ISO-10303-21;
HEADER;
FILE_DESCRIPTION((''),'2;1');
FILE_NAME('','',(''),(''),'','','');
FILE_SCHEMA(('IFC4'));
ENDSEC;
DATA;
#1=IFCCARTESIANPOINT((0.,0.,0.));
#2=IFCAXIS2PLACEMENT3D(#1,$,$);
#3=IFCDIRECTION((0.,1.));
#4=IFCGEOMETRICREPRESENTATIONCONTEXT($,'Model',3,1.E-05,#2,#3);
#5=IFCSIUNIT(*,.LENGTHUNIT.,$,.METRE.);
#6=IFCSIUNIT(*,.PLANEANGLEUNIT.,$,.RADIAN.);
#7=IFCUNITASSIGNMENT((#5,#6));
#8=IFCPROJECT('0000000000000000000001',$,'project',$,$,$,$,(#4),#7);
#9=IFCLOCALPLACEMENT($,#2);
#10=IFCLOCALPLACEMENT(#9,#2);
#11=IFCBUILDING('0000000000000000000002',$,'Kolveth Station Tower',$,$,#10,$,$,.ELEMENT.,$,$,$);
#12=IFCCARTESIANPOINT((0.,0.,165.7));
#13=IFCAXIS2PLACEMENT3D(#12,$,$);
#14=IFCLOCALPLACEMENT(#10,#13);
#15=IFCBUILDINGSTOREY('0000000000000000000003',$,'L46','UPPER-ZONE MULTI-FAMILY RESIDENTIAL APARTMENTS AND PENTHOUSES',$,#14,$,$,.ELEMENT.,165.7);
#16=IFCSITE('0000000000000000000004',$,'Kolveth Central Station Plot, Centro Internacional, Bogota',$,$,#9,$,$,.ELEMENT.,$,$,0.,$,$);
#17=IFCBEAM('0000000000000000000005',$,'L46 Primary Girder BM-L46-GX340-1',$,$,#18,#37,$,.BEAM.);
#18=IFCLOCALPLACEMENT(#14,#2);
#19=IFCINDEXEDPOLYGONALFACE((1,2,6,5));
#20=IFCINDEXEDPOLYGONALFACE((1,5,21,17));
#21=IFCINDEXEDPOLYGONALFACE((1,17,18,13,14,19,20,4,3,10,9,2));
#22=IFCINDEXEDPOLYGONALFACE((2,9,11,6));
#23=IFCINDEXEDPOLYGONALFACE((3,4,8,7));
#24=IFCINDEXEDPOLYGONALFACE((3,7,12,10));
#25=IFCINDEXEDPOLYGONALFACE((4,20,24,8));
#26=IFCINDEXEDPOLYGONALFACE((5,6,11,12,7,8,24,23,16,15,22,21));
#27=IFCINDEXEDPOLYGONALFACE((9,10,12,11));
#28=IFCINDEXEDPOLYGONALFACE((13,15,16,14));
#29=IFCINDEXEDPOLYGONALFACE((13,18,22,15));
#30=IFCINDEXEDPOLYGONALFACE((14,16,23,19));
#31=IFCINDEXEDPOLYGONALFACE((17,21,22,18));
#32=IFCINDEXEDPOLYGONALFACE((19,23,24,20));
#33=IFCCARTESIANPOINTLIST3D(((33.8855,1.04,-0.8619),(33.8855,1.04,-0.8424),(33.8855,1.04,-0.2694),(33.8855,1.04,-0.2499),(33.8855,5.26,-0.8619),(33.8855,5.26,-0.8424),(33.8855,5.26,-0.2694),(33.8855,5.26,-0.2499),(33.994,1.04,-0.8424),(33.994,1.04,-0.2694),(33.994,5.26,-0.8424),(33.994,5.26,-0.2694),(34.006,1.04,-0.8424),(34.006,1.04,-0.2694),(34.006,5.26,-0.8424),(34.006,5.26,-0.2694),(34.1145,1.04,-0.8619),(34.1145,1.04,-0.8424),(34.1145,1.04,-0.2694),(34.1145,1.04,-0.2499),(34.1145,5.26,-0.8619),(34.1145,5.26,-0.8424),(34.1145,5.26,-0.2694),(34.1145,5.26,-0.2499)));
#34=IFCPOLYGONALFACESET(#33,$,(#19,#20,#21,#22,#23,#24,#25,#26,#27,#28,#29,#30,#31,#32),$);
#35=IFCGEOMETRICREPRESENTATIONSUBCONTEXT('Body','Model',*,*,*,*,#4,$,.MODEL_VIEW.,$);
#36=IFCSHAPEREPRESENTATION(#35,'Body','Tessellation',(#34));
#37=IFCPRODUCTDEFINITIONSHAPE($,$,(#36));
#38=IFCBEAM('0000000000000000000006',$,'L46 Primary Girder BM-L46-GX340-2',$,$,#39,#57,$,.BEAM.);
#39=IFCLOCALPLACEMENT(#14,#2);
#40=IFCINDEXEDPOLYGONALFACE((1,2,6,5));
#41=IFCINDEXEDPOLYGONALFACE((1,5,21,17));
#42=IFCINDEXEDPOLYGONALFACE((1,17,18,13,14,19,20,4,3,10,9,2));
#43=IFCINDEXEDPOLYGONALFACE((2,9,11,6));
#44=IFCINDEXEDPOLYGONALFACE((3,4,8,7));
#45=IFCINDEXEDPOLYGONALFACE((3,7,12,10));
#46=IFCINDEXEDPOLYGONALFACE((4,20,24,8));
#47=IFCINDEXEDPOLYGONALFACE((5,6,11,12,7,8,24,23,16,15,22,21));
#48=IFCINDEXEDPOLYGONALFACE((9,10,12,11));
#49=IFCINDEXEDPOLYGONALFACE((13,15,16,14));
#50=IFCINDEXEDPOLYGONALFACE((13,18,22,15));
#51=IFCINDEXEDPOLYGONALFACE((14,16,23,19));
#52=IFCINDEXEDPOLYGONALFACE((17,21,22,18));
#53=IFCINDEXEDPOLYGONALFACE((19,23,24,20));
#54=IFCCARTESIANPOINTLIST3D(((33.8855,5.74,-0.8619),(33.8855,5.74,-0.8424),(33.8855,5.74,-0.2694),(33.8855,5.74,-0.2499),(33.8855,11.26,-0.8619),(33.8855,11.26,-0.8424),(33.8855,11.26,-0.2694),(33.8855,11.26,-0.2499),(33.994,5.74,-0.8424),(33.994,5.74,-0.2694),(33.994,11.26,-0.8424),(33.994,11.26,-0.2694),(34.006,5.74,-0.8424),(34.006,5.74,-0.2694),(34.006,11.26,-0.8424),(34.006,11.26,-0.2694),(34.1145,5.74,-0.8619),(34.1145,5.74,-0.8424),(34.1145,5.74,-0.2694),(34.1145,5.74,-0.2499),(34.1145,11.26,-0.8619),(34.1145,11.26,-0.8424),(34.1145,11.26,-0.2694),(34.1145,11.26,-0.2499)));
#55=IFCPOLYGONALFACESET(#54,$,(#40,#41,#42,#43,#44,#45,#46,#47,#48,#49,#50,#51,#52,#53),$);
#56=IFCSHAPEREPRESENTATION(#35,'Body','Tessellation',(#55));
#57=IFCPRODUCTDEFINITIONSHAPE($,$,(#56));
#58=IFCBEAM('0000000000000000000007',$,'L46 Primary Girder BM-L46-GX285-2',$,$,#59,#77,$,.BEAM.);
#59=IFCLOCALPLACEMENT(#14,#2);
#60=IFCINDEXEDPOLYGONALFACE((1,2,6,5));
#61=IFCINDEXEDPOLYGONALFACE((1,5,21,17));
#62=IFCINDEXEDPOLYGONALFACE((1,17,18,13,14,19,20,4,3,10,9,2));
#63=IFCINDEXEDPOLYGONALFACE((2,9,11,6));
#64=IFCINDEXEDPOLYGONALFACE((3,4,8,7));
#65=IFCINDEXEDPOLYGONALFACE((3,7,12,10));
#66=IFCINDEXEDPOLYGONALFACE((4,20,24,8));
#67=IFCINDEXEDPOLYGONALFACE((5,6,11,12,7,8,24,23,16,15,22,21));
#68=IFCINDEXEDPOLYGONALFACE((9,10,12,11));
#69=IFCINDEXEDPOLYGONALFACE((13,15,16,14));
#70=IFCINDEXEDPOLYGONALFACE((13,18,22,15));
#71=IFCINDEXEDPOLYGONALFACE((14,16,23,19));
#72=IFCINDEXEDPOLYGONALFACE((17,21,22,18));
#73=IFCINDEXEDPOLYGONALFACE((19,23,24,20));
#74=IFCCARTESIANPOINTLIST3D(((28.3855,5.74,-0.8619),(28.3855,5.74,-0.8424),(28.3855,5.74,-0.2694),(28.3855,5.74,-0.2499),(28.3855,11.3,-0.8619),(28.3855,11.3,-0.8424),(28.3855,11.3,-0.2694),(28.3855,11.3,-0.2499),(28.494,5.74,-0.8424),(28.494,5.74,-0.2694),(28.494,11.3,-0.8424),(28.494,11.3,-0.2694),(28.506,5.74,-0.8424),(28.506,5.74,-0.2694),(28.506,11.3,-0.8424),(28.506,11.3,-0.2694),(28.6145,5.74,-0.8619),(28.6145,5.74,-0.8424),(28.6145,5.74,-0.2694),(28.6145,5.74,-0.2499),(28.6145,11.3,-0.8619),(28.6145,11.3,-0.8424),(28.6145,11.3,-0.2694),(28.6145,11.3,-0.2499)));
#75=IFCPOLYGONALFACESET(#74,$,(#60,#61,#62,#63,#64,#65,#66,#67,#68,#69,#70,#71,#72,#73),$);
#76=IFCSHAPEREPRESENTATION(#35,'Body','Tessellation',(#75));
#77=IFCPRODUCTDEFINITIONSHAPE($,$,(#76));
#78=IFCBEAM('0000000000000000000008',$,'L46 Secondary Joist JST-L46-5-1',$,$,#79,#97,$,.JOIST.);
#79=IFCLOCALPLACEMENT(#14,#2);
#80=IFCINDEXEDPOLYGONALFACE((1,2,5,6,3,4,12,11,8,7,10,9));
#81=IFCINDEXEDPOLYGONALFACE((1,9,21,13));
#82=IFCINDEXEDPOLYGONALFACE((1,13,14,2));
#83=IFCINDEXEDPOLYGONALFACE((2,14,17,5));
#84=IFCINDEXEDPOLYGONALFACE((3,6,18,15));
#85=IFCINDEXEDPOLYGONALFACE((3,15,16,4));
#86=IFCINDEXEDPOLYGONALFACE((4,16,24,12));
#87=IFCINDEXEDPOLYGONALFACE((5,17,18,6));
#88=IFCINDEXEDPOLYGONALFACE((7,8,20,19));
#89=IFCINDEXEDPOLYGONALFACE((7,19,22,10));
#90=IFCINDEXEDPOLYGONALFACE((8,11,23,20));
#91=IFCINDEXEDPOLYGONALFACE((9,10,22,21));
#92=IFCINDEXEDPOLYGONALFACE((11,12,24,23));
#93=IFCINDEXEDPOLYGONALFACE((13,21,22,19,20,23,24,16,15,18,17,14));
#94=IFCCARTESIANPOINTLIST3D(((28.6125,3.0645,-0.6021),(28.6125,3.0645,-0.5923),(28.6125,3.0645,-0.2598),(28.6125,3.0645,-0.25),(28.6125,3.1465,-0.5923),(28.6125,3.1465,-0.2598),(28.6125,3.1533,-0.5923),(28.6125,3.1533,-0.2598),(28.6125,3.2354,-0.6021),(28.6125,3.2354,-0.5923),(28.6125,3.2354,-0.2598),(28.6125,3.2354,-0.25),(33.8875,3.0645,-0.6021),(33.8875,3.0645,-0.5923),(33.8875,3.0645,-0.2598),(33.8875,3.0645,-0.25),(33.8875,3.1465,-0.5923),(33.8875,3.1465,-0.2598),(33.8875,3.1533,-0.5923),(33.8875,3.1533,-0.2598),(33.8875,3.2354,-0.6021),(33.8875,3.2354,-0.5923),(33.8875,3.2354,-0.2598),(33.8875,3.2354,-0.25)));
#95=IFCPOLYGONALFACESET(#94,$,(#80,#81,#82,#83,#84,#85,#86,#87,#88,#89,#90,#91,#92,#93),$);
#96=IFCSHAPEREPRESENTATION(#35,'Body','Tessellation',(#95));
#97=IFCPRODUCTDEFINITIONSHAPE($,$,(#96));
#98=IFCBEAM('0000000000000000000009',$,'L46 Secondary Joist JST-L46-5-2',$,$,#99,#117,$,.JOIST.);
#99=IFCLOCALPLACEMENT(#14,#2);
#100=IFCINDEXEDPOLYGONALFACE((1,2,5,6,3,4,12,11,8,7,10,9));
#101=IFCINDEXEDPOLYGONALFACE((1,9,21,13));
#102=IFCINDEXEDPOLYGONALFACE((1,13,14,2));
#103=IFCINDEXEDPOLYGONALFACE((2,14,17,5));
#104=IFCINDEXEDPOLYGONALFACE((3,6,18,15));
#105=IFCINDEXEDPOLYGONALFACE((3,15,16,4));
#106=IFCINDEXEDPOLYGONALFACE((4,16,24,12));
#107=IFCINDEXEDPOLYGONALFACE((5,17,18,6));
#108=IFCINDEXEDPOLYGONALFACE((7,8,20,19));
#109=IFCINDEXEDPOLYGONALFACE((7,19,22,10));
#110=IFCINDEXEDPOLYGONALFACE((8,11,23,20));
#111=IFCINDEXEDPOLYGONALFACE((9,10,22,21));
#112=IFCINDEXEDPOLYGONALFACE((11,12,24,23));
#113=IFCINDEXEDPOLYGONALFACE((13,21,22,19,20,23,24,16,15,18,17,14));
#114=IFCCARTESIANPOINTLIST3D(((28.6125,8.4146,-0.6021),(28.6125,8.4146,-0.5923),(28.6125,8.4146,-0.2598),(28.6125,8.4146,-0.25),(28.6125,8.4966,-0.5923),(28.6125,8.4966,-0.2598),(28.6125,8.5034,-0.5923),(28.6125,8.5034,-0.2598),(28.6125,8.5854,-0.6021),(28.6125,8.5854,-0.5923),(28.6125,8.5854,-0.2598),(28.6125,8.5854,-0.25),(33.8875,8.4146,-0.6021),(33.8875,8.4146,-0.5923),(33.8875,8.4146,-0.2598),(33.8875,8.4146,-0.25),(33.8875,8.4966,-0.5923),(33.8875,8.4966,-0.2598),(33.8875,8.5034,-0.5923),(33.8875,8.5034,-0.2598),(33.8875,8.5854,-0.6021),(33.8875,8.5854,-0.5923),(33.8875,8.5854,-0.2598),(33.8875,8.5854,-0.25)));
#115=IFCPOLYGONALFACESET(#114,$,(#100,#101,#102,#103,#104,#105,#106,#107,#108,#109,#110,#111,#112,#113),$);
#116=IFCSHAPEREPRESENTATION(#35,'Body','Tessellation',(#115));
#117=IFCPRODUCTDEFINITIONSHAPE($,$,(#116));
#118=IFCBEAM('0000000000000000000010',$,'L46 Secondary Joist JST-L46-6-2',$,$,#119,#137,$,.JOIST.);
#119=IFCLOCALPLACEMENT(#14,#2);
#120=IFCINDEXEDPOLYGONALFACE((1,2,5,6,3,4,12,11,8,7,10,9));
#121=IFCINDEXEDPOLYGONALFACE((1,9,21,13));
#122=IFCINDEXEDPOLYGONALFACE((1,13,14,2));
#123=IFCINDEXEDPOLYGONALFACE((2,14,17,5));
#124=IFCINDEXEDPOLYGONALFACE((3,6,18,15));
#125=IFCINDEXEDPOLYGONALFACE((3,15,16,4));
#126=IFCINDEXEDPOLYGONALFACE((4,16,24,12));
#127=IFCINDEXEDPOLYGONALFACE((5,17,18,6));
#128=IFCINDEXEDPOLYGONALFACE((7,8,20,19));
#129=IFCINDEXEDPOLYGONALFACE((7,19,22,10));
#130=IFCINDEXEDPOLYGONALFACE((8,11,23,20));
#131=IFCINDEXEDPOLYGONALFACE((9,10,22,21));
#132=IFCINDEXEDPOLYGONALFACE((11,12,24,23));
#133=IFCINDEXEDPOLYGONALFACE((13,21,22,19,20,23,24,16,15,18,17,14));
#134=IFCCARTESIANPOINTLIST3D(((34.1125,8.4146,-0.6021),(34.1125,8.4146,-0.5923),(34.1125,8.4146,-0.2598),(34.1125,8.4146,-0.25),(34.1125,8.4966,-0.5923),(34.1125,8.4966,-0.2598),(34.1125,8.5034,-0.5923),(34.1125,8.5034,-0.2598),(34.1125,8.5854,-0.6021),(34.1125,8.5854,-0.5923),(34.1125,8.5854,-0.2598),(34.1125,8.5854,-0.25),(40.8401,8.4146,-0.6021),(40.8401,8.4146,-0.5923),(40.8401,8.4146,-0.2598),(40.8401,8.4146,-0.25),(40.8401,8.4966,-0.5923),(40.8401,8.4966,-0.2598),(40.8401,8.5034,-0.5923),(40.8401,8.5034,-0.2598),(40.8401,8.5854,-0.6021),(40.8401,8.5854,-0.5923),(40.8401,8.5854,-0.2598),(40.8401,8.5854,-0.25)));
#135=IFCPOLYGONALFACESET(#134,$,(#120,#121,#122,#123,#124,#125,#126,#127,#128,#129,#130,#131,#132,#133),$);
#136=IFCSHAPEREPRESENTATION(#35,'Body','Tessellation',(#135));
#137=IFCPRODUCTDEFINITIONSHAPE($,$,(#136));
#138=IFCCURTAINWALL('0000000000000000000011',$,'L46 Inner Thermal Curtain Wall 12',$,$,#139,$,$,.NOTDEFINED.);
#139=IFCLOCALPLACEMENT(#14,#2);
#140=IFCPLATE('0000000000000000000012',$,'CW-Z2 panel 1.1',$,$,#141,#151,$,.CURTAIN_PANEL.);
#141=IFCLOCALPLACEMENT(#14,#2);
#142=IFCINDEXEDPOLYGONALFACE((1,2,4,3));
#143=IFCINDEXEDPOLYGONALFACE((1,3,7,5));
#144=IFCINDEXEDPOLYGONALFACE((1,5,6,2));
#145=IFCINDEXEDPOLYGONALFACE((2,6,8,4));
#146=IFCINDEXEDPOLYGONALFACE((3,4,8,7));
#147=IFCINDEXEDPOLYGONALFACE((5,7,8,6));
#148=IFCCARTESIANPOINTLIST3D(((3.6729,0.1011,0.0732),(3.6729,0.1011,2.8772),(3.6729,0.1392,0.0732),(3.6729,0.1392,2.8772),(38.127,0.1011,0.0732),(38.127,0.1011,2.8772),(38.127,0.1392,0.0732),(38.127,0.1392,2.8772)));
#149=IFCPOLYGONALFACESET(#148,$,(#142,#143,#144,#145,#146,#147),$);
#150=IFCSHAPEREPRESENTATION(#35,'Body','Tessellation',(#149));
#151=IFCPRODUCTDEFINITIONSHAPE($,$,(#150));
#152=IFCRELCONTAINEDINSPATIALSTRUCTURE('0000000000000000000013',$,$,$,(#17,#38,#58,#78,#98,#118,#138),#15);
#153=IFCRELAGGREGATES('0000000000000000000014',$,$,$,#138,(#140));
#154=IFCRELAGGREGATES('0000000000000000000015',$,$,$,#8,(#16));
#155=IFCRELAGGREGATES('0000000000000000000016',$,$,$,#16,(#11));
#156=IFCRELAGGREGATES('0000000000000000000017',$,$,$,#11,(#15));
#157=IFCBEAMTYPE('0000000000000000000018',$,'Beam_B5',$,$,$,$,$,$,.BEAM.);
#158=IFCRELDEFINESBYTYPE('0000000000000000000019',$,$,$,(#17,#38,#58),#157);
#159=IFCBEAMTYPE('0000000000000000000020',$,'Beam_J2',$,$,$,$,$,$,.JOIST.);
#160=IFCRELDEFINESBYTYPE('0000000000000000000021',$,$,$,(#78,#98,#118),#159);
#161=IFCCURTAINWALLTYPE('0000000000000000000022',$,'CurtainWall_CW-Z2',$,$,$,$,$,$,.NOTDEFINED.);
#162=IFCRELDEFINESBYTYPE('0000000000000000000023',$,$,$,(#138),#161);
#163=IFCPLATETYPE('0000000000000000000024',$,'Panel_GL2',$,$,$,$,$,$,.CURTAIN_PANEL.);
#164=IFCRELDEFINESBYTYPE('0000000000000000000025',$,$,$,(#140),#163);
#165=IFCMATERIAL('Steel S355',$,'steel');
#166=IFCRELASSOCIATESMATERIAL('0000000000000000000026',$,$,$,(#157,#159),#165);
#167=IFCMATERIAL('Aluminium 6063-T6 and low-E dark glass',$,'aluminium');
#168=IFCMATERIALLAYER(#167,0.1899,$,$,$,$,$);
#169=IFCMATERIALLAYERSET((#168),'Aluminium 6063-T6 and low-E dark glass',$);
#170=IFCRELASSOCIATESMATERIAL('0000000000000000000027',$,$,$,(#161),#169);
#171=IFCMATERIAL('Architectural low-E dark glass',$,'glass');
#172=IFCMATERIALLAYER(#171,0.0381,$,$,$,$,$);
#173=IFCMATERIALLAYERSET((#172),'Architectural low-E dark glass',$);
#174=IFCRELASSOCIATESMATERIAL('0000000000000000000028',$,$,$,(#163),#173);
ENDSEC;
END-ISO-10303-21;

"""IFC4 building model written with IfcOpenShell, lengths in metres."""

from ifc_helpers import new_model, si_unit, direction, frame, origin, origin_2d, place, context, subcontext, project, spatial, rectangle, i_section, extrude, source, transform, mapped, material, layer, layer_set, material_profile, profile_set, type_object, element, aggregate, save


model = new_model("IFC4")

# Units and contexts
model_context = context("Model", 3, precision=1e-05, world=origin(), true_north=direction((0.0, 1.0)))
body_context = subcontext(model_context, "Body", "Model", "MODEL_VIEW")
ifc_project = project(units=[si_unit("LENGTHUNIT", "METRE"), si_unit("PLANEANGLEUNIT", "RADIAN")], contexts=[model_context])

# Site, building, storey
site_placement = place(None, origin())
site = spatial("IfcSite", under=ifc_project, at=site_placement, Name="Kolveth Central Station Plot, Centro Internacional, Bogota", CompositionType="ELEMENT", RefElevation=0.0)
building_placement = place(site_placement, origin())
building = spatial("IfcBuilding", under=site, at=building_placement, Name="Kolveth Station Tower", CompositionType="ELEMENT")
storey_placement = place(building_placement, frame((0.0, 0.0, 165.7)))
storey = spatial("IfcBuildingStorey", under=building, at=storey_placement, Name="L46", Description="UPPER-ZONE MULTI-FAMILY RESIDENTIAL APARTMENTS AND PENTHOUSES", CompositionType="ELEMENT", Elevation=165.7)

# Shared definitions
ifc_material_1 = material(Name="Steel S355", Category="steel")

# Beams
ifc_material_profile_1 = material_profile(ifc_material_1, i_section(OverallWidth=0.229, OverallDepth=0.6121, WebThickness=0.012, FlangeThickness=0.0195, at=origin_2d()), Name="W610x125")
ifc_profile_set_1 = profile_set([ifc_material_profile_1], Name="Steel S355")
beam_type_1 = type_object("IfcBeamType", Name="Beam_B5", PredefinedType="BEAM", material=ifc_profile_set_1)
shared_shape_1 = source(origin(), body_context, "Body", "SweptSolid", [
    extrude(i_section(OverallWidth=0.229, OverallDepth=0.6121, WebThickness=0.012, FlangeThickness=0.0195, at=origin_2d()), origin(), (0.0, 0.0, 1.0), 4.22),
])
for number, where, z_axis, x_axis, name in (
    (1, (34.0, 1.04, -0.5559), (0.0, 1.0, 0.0), (-1.0, 0.0, 0.0), "L46 Primary Girder BM-L46-GX340-1"),
):
    element("IfcBeam", number, at=place(storey_placement, frame(where, z_axis=z_axis, x_axis=x_axis)), inside=storey, type_object=beam_type_1, Name=name, PredefinedType="BEAM", context=body_context, shape_type="MappedRepresentation", body=[
        mapped(shared_shape_1, transform((0.0, 0.0, 0.0), x_axis=(1.0, 0.0, 0.0), y_axis=(0.0, 1.0, 0.0), z_axis=(0.0, 0.0, 1.0), scale=1.0)),
    ])
shared_shape_2 = source(origin(), body_context, "Body", "SweptSolid", [
    extrude(i_section(OverallWidth=0.229, OverallDepth=0.6121, WebThickness=0.012, FlangeThickness=0.0195, at=origin_2d()), origin(), (0.0, 0.0, 1.0), 5.52),
])
beam_1_placement = place(storey_placement, frame((34.0, 5.74, -0.5559), z_axis=(0.0, 1.0, 0.0), x_axis=(-1.0, 0.0, 0.0)))
element("IfcBeam", 2, at=beam_1_placement, inside=storey, type_object=beam_type_1, Name="L46 Primary Girder BM-L46-GX340-2", PredefinedType="BEAM", context=body_context, shape_type="MappedRepresentation", body=[
    mapped(shared_shape_2, transform((0.0, 0.0, 0.0), x_axis=(1.0, 0.0, 0.0), y_axis=(0.0, 1.0, 0.0), z_axis=(0.0, 0.0, 1.0), scale=1.0)),
])
shared_shape_3 = source(origin(), body_context, "Body", "SweptSolid", [
    extrude(i_section(OverallWidth=0.229, OverallDepth=0.6121, WebThickness=0.012, FlangeThickness=0.0195, at=origin_2d()), origin(), (0.0, 0.0, 1.0), 5.5601),
])
beam_2_placement = place(storey_placement, frame((28.5, 5.74, -0.5559), z_axis=(0.0, 1.0, 0.0), x_axis=(-1.0, 0.0, 0.0)))
element("IfcBeam", 3, at=beam_2_placement, inside=storey, type_object=beam_type_1, Name="L46 Primary Girder BM-L46-GX285-2", PredefinedType="BEAM", context=body_context, shape_type="MappedRepresentation", body=[
    mapped(shared_shape_3, transform((0.0, 0.0, 0.0), x_axis=(1.0, 0.0, 0.0), y_axis=(0.0, 1.0, 0.0), z_axis=(0.0, 0.0, 1.0), scale=1.0)),
])
ifc_material_profile_2 = material_profile(ifc_material_1, i_section(OverallWidth=0.1709, OverallDepth=0.3521, WebThickness=0.0068, FlangeThickness=0.0098, at=origin_2d()), Name="W360x44")
ifc_profile_set_2 = profile_set([ifc_material_profile_2], Name="Steel S355")
beam_type_2 = type_object("IfcBeamType", Name="Beam_J2", PredefinedType="JOIST", material=ifc_profile_set_2)
shared_shape_4 = source(origin(), body_context, "Body", "SweptSolid", [
    extrude(i_section(OverallWidth=0.1709, OverallDepth=0.3521, WebThickness=0.0068, FlangeThickness=0.0098, at=origin_2d()), origin(), (0.0, 0.0, 1.0), 5.2749),
])
for number, where, z_axis, x_axis, name in (
    (4, (28.6125, 3.1499, -0.426), (1.0, 0.0, 0.0), (0.0, 1.0, 0.0), "L46 Secondary Joist JST-L46-5-1"),
    (5, (28.6125, 8.5, -0.426), (1.0, 0.0, 0.0), (0.0, 1.0, 0.0), "L46 Secondary Joist JST-L46-5-2"),
):
    element("IfcBeam", number, at=place(storey_placement, frame(where, z_axis=z_axis, x_axis=x_axis)), inside=storey, type_object=beam_type_2, Name=name, PredefinedType="JOIST", context=body_context, shape_type="MappedRepresentation", body=[
        mapped(shared_shape_4, transform((0.0, 0.0, 0.0), x_axis=(1.0, 0.0, 0.0), y_axis=(0.0, 1.0, 0.0), z_axis=(0.0, 0.0, 1.0), scale=1.0)),
    ])
shared_shape_5 = source(origin(), body_context, "Body", "SweptSolid", [
    extrude(i_section(OverallWidth=0.1709, OverallDepth=0.3521, WebThickness=0.0068, FlangeThickness=0.0098, at=origin_2d()), origin(), (0.0, 0.0, 1.0), 6.7275),
])
beam_3_placement = place(storey_placement, frame((34.1125, 8.5, -0.426), z_axis=(1.0, 0.0, 0.0), x_axis=(0.0, 1.0, 0.0)))
element("IfcBeam", 6, at=beam_3_placement, inside=storey, type_object=beam_type_2, Name="L46 Secondary Joist JST-L46-6-2", PredefinedType="JOIST", context=body_context, shape_type="MappedRepresentation", body=[
    mapped(shared_shape_5, transform((0.0, 0.0, 0.0), x_axis=(1.0, 0.0, 0.0), y_axis=(0.0, 1.0, 0.0), z_axis=(0.0, 0.0, 1.0), scale=1.0)),
])

# Curtain wall, plate
ifc_material_2 = material(Name="Aluminium 6063-T6 and low-E dark glass", Category="aluminium")
ifc_layer_1 = layer(ifc_material_2, 0.1899)
ifc_layer_set_1 = layer_set([ifc_layer_1], Name="Aluminium 6063-T6 and low-E dark glass")
curtain_wall_type = type_object("IfcCurtainWallType", Name="CurtainWall_CW-Z2", PredefinedType="NOTDEFINED", material=ifc_layer_set_1)
curtain_wall_placement = place(storey_placement, origin())
curtain_wall = element("IfcCurtainWall", 7, at=curtain_wall_placement, inside=storey, type_object=curtain_wall_type, Name="L46 Inner Thermal Curtain Wall 12", PredefinedType="NOTDEFINED")
ifc_material_3 = material(Name="Architectural low-E dark glass", Category="glass")
ifc_layer_2 = layer(ifc_material_3, 0.0381)
ifc_layer_set_2 = layer_set([ifc_layer_2], Name="Architectural low-E dark glass")
plate_type = type_object("IfcPlateType", Name="Panel_GL2", PredefinedType="CURTAIN_PANEL", material=ifc_layer_set_2)
shared_shape_6 = source(origin(), body_context, "Body", "SweptSolid", [
    extrude(rectangle(XDim=34.4541, YDim=0.0381, at=origin_2d()), origin(), (0.0, 0.0, 1.0), 2.804),
])
plate_placement = place(storey_placement, frame((20.8999, 0.1201, 0.0732), z_axis=(0.0, 0.0, 1.0), x_axis=(1.0, 0.0, 0.0)))
plate = element("IfcPlate", 8, at=plate_placement, type_object=plate_type, Name="CW-Z2 panel 1.1", PredefinedType="CURTAIN_PANEL", context=body_context, shape_type="MappedRepresentation", body=[
    mapped(shared_shape_6, transform((0.0, 0.0, 0.0), x_axis=(1.0, 0.0, 0.0), y_axis=(0.0, 1.0, 0.0), z_axis=(0.0, 0.0, 1.0), scale=1.0)),
])
aggregate(curtain_wall, [plate])

save(model, "model.ifc")
